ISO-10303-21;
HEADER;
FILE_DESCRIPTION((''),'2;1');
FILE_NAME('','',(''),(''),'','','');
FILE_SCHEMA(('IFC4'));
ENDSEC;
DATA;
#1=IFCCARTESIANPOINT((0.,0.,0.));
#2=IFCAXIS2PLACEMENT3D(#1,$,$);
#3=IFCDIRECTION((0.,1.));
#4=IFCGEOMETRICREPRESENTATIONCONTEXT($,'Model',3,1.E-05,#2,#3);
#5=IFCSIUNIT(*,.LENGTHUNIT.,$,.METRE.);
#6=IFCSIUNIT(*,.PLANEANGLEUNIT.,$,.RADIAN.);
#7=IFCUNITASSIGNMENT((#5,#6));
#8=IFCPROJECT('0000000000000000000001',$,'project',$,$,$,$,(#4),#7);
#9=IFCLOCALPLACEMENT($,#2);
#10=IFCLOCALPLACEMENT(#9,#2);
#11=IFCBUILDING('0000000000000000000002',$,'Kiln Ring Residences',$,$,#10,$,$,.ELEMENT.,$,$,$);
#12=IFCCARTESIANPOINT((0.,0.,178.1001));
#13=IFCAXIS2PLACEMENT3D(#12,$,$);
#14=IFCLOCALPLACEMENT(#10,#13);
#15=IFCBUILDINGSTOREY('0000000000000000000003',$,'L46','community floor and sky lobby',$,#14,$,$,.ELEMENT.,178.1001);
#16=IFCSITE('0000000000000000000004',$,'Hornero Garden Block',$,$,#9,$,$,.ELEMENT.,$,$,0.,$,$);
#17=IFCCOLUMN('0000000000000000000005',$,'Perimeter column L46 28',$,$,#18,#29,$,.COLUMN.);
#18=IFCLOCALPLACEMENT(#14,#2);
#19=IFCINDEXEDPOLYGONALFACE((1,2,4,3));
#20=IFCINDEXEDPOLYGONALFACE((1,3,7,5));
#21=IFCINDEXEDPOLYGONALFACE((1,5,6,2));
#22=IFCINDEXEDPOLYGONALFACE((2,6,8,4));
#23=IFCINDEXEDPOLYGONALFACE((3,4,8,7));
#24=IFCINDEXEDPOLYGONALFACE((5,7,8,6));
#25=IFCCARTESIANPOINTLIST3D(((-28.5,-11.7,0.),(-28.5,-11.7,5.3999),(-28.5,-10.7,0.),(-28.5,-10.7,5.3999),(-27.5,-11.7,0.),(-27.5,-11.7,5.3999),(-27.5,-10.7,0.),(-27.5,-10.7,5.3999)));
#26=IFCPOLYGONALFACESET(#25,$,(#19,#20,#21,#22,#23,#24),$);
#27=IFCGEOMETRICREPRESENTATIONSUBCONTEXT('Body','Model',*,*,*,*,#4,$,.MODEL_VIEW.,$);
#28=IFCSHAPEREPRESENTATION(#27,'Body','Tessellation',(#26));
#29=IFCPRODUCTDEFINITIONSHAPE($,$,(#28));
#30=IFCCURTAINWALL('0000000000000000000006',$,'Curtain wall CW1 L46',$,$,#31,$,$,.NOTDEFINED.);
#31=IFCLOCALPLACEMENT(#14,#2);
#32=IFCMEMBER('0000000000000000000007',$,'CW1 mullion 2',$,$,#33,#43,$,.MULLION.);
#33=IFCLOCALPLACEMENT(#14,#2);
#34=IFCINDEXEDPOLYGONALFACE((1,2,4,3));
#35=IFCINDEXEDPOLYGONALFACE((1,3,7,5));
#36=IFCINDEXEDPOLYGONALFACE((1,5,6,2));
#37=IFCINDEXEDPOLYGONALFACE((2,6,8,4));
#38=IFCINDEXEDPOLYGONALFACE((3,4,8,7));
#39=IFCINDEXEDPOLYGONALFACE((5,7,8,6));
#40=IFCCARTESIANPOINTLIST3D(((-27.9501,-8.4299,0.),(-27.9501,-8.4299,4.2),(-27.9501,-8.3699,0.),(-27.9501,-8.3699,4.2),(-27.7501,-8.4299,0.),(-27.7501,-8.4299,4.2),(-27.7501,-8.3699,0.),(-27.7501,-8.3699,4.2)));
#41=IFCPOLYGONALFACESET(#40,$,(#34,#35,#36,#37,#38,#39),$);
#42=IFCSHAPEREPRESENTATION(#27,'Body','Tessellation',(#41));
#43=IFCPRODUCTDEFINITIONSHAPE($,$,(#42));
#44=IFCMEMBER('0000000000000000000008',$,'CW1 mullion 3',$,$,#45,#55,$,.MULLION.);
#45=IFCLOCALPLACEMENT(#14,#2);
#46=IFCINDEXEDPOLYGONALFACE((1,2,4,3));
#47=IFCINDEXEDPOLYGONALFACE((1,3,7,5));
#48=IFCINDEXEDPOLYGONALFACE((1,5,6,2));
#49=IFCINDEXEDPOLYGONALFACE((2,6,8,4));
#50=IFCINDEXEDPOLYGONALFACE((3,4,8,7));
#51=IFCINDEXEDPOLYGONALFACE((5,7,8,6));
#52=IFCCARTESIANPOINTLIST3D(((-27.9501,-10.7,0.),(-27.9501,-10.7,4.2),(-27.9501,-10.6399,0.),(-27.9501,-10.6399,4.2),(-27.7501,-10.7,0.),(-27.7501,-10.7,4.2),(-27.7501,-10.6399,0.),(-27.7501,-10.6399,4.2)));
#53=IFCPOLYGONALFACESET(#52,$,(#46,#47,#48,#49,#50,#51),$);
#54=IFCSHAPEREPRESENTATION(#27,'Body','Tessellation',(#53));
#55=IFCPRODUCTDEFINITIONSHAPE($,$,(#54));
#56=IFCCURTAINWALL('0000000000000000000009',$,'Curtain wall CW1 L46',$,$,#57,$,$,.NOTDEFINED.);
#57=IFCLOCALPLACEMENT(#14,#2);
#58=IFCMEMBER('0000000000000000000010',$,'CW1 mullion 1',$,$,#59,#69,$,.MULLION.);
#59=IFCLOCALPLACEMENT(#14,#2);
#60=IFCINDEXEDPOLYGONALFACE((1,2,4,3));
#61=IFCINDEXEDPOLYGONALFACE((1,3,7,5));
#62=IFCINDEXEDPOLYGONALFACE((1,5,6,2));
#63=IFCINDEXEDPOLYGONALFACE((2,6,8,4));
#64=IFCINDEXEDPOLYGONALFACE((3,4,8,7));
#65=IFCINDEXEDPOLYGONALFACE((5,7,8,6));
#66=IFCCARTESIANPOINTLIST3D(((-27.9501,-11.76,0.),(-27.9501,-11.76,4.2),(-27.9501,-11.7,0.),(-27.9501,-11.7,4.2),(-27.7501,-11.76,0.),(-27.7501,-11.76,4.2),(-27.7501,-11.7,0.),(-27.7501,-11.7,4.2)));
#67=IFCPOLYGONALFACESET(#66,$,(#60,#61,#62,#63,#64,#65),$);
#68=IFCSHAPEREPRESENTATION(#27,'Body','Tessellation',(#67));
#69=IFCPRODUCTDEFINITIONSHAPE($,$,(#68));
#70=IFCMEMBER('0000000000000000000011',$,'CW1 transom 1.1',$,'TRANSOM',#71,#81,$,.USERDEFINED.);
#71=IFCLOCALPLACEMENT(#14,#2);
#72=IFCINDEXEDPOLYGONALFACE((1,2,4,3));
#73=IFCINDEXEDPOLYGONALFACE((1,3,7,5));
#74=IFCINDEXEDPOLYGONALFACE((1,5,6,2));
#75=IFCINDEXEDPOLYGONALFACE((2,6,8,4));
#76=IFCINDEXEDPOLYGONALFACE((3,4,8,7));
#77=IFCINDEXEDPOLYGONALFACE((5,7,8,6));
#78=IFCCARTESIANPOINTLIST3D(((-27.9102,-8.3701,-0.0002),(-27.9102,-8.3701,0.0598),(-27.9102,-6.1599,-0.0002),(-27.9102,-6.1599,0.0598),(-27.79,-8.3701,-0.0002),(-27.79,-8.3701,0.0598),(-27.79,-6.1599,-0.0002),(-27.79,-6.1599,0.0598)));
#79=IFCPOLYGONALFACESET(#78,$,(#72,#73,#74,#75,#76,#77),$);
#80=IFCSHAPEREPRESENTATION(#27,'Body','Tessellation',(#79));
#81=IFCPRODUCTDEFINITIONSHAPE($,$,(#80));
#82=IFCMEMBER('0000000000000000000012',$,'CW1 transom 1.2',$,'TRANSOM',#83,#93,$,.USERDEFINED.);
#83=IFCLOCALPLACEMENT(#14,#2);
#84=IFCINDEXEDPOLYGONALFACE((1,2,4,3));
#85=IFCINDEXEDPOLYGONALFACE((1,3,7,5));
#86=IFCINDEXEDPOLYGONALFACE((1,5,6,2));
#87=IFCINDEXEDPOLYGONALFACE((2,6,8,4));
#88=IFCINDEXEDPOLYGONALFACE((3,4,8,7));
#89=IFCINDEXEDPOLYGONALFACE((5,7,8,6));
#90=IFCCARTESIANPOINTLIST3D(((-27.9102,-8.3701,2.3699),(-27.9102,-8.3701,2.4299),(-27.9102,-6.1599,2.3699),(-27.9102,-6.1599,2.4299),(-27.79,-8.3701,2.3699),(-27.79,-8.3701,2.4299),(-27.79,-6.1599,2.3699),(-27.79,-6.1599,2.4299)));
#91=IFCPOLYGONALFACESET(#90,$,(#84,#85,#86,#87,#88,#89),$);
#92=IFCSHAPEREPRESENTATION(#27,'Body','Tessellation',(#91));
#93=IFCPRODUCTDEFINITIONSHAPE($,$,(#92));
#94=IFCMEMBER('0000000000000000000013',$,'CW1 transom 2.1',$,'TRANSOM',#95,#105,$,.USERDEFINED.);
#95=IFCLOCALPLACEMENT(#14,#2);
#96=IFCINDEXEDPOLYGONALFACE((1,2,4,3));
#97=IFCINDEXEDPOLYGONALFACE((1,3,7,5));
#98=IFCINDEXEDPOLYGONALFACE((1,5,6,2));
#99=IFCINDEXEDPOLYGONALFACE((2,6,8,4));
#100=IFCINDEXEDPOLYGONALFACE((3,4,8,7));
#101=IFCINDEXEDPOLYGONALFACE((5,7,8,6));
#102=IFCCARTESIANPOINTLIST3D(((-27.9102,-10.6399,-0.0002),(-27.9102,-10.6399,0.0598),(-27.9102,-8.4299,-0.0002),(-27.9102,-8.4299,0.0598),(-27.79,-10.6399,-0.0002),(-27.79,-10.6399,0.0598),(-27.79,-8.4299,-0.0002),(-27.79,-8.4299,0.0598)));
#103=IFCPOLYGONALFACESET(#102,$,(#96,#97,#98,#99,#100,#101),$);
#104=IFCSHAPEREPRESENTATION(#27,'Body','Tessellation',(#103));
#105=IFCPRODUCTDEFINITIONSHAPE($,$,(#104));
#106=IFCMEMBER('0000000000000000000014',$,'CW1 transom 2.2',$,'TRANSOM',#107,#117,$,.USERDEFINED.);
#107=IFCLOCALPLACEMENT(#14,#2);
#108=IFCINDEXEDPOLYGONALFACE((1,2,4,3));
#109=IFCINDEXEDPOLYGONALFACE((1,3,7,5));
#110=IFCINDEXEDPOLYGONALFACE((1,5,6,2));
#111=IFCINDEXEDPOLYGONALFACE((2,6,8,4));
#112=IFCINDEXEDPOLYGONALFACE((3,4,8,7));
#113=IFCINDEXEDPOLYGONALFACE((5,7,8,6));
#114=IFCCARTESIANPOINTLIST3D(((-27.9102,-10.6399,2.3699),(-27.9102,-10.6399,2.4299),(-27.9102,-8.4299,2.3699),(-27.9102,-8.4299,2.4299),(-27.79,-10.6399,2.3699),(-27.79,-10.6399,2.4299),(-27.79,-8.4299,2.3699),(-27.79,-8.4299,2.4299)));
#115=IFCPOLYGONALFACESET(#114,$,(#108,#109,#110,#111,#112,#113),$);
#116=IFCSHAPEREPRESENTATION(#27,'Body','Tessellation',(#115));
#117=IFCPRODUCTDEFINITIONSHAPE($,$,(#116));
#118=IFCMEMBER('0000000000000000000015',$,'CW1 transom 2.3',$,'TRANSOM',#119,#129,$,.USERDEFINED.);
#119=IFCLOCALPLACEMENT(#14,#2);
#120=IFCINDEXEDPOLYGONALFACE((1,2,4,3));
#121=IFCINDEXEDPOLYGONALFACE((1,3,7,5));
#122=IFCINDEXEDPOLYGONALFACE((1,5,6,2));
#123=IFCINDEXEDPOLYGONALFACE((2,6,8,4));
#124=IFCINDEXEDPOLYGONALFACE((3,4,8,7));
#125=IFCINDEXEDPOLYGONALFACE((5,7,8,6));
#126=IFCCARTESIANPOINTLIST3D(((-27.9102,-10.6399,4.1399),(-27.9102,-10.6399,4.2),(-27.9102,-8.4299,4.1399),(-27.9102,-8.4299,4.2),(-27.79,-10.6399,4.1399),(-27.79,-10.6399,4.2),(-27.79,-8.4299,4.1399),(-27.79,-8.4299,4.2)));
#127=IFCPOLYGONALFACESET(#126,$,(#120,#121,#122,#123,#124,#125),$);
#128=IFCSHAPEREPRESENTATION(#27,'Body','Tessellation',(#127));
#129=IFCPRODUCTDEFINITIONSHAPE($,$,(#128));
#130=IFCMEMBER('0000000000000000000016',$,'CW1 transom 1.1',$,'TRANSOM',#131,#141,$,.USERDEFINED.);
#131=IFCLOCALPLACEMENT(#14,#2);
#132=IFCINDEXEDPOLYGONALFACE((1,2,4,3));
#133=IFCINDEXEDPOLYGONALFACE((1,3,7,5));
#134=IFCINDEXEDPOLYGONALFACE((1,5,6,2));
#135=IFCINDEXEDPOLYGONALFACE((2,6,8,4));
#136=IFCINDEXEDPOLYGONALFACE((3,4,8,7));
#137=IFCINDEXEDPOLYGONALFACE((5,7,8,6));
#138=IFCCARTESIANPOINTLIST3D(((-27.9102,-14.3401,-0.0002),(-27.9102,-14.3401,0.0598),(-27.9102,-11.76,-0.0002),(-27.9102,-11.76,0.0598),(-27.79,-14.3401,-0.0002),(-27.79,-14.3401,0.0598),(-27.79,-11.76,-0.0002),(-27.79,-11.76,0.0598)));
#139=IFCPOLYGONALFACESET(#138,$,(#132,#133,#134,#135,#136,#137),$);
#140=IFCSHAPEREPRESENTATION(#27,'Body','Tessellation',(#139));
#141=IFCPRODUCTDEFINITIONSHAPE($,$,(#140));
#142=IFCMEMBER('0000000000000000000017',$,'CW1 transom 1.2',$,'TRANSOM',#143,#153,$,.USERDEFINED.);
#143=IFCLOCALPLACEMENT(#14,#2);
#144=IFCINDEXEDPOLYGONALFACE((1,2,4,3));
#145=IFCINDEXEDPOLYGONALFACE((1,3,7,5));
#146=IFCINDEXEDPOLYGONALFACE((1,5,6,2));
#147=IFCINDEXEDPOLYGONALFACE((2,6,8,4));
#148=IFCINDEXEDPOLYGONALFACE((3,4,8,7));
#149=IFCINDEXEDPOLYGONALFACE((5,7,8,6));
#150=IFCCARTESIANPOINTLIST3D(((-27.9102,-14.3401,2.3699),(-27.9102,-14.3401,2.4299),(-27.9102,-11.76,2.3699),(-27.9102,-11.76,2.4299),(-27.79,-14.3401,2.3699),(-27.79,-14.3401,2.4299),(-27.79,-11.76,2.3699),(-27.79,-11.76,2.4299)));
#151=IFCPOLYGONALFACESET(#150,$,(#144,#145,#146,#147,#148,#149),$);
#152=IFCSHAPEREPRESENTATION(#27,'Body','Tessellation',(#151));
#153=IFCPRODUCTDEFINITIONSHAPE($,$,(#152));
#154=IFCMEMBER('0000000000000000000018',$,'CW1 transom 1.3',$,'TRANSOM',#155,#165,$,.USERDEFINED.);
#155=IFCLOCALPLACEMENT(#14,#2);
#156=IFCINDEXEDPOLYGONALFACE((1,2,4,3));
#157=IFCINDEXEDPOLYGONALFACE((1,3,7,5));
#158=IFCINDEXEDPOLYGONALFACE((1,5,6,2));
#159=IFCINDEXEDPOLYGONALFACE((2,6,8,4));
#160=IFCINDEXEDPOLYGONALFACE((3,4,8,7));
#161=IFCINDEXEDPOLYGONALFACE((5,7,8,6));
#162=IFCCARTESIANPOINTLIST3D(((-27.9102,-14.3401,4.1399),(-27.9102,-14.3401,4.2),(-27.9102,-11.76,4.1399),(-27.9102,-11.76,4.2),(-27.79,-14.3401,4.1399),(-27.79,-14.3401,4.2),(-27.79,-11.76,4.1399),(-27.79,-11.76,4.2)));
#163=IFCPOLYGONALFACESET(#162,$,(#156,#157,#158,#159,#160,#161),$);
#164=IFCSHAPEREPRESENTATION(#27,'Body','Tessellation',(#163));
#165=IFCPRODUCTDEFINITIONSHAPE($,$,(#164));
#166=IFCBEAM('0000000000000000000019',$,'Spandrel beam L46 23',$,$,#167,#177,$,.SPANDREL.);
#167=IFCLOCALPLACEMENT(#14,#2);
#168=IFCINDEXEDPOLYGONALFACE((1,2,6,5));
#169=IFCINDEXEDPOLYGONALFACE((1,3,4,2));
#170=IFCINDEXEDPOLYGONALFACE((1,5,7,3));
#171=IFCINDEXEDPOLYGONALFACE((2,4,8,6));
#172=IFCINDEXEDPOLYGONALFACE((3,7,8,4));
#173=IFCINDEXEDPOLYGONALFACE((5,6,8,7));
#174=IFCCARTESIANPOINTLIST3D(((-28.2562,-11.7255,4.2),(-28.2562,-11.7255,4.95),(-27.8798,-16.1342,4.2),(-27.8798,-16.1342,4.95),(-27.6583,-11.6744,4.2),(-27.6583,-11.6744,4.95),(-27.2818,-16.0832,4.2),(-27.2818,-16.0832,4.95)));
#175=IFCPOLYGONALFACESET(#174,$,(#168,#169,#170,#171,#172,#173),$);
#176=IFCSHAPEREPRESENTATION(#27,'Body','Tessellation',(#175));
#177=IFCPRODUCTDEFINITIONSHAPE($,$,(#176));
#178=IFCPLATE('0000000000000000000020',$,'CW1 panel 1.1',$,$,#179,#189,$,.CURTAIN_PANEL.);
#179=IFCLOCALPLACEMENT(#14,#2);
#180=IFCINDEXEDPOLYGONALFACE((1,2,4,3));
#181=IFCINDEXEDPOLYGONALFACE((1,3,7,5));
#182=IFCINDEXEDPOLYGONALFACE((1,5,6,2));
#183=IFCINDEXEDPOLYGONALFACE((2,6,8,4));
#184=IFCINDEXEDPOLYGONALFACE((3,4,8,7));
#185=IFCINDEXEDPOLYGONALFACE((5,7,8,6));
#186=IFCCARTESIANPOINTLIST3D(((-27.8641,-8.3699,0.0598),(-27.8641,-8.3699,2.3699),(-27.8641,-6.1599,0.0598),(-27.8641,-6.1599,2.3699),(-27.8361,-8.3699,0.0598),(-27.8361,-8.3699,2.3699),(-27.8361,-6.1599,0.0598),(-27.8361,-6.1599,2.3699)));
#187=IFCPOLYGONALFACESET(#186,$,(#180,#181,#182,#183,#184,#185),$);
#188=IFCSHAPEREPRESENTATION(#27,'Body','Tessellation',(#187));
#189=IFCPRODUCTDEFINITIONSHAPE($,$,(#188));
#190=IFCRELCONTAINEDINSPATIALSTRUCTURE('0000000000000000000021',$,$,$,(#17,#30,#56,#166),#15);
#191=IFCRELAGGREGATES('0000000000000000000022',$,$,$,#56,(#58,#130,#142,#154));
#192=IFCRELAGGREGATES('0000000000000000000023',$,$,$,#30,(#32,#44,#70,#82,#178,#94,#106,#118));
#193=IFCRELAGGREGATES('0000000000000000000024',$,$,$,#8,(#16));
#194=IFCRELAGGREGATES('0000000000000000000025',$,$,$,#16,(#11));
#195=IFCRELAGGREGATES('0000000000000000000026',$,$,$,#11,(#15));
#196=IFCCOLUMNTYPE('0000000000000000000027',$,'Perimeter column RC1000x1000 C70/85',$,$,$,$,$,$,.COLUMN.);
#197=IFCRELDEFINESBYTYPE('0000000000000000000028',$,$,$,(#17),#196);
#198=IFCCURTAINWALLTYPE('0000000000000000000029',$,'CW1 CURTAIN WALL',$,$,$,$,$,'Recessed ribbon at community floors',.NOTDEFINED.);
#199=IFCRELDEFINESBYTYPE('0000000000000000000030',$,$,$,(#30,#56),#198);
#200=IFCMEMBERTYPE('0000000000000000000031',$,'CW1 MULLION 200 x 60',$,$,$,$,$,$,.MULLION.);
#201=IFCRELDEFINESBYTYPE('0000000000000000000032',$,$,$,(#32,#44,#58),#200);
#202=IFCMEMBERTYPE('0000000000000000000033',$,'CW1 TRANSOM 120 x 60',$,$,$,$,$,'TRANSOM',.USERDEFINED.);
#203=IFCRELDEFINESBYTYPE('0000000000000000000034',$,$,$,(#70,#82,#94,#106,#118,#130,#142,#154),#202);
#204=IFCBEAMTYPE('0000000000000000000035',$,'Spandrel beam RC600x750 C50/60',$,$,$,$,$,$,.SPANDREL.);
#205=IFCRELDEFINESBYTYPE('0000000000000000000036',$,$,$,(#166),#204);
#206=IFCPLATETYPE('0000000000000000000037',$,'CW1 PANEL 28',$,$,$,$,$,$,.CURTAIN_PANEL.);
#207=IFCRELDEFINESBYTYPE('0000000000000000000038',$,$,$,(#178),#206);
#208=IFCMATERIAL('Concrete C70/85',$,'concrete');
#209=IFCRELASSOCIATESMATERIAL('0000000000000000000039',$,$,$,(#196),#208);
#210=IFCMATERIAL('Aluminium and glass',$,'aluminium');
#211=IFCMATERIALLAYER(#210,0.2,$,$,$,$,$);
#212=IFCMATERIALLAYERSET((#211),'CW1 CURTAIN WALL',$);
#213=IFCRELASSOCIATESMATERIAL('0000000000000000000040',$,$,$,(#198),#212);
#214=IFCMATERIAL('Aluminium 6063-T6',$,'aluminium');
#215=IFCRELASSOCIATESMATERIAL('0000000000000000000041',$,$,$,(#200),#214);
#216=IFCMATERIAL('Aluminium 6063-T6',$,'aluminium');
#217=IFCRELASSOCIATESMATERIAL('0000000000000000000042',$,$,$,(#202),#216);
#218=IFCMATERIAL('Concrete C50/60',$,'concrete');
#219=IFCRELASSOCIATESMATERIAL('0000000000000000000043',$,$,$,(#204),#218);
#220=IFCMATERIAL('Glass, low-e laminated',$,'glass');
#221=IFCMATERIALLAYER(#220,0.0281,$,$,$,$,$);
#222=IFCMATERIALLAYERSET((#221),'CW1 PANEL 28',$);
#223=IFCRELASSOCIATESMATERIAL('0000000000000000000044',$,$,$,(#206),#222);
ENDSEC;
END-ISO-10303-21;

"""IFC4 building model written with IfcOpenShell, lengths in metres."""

from ifc_helpers import new_model, si_unit, direction, frame, origin, origin_2d, place, context, subcontext, project, spatial, rectangle, extrude, material, layer, layer_set, material_profile, profile_set, type_object, element, aggregate, save


model = new_model("IFC4")

# Units and contexts
model_context = context("Model", 3, precision=1e-05, world=origin(), true_north=direction((0.0, 1.0)))
body_context = subcontext(model_context, "Body", "Model", "MODEL_VIEW")
ifc_project = project(units=[si_unit("LENGTHUNIT", "METRE"), si_unit("PLANEANGLEUNIT", "RADIAN")], contexts=[model_context])

# Site, building, storey
site_placement = place(None, origin())
site = spatial("IfcSite", under=ifc_project, at=site_placement, Name="Hornero Garden Block", CompositionType="ELEMENT", RefElevation=0.0)
building_placement = place(site_placement, origin())
building = spatial("IfcBuilding", under=site, at=building_placement, Name="Kiln Ring Residences", CompositionType="ELEMENT")
storey_placement = place(building_placement, frame((0.0, 0.0, 178.1001)))
storey = spatial("IfcBuildingStorey", under=building, at=storey_placement, Name="L46", Description="community floor and sky lobby", CompositionType="ELEMENT", Elevation=178.1001)

# Column
ifc_material_1 = material(Name="Concrete C70/85", Category="concrete")
ifc_material_profile_1 = material_profile(ifc_material_1, rectangle(XDim=1.0, YDim=1.0, at=origin_2d()), Name="RC1000x1000")
ifc_profile_set_1 = profile_set([ifc_material_profile_1], Name="Concrete C70/85")
column_type = type_object("IfcColumnType", Name="Perimeter column RC1000x1000 C70/85", PredefinedType="COLUMN", material=ifc_profile_set_1)
column_placement = place(storey_placement, frame((-28.0, -11.2, 0.0), z_axis=(0.0, 0.0, 1.0), x_axis=(1.0, 0.0, 0.0)))
element("IfcColumn", 1, at=column_placement, inside=storey, type_object=column_type, Name="Perimeter column L46 28", PredefinedType="COLUMN", context=body_context, shape_type="SweptSolid", body=[
    extrude(rectangle(XDim=1.0, YDim=1.0, at=origin_2d()), origin(), (0.0, 0.0, 1.0), 5.3999),
])

# Curtain wall, members
ifc_material_2 = material(Name="Aluminium and glass", Category="aluminium")
ifc_layer_1 = layer(ifc_material_2, 0.2)
ifc_layer_set_1 = layer_set([ifc_layer_1], Name="CW1 CURTAIN WALL")
curtain_wall_type = type_object("IfcCurtainWallType", Name="CW1 CURTAIN WALL", ElementType="Recessed ribbon at community floors", PredefinedType="NOTDEFINED", material=ifc_layer_set_1)
placement = place(storey_placement, origin())
curtain_wall_1 = element("IfcCurtainWall", 2, at=placement, inside=storey, type_object=curtain_wall_type, Name="Curtain wall CW1 L46", PredefinedType="NOTDEFINED")
ifc_material_3 = material(Name="Aluminium 6063-T6", Category="aluminium")
ifc_material_profile_2 = material_profile(ifc_material_3, rectangle(XDim=0.2, YDim=0.0601, at=origin_2d()), Name="AL 200x60")
ifc_profile_set_2 = profile_set([ifc_material_profile_2], Name="Aluminium 6063-T6")
member_type_1 = type_object("IfcMemberType", Name="CW1 MULLION 200 x 60", PredefinedType="MULLION", material=ifc_profile_set_2)
member_1_placement = place(storey_placement, frame((-27.8501, -8.3999, 0.0), z_axis=(0.0, 0.0, 1.0), x_axis=(1.0, 0.0, 0.0)))
member_1 = element("IfcMember", 3, at=member_1_placement, type_object=member_type_1, Name="CW1 mullion 2", PredefinedType="MULLION", context=body_context, shape_type="SweptSolid", body=[
    extrude(rectangle(XDim=0.2, YDim=0.0601, at=origin_2d()), origin(), (0.0, 0.0, 1.0), 4.2),
])
member_2_placement = place(storey_placement, frame((-27.8501, -10.6699, 0.0), z_axis=(0.0, 0.0, 1.0), x_axis=(1.0, 0.0, 0.0)))
member_2 = element("IfcMember", 4, at=member_2_placement, type_object=member_type_1, Name="CW1 mullion 3", PredefinedType="MULLION", context=body_context, shape_type="SweptSolid", body=[
    extrude(rectangle(XDim=0.2, YDim=0.0601, at=origin_2d()), origin(), (0.0, 0.0, 1.0), 4.2),
])

# Curtain wall, member
curtain_wall_2 = element("IfcCurtainWall", 5, at=placement, inside=storey, type_object=curtain_wall_type, Name="Curtain wall CW1 L46", PredefinedType="NOTDEFINED")
member_3_placement = place(storey_placement, frame((-27.8501, -11.73, 0.0), z_axis=(0.0, 0.0, 1.0), x_axis=(1.0, 0.0, 0.0)))
member_3 = element("IfcMember", 6, at=member_3_placement, type_object=member_type_1, Name="CW1 mullion 1", PredefinedType="MULLION", context=body_context, shape_type="SweptSolid", body=[
    extrude(rectangle(XDim=0.2, YDim=0.0601, at=origin_2d()), origin(), (0.0, 0.0, 1.0), 4.2),
])

# Members
ifc_material_4 = material(Name="Aluminium 6063-T6", Category="aluminium")
ifc_material_profile_3 = material_profile(ifc_material_4, rectangle(XDim=0.1201, YDim=0.0601, at=origin_2d()), Name="AL 120x60")
ifc_profile_set_3 = profile_set([ifc_material_profile_3], Name="Aluminium 6063-T6")
member_type_2 = type_object("IfcMemberType", Name="CW1 TRANSOM 120 x 60", ElementType="TRANSOM", PredefinedType="USERDEFINED", material=ifc_profile_set_3)
member_4_placement = place(storey_placement, frame((-27.8501, -6.1599, 0.0298), z_axis=(0.0, -1.0, 0.0), x_axis=(1.0, 0.0, 0.0)))
member_4 = element("IfcMember", 7, at=member_4_placement, type_object=member_type_2, Name="CW1 transom 1.1", ObjectType="TRANSOM", PredefinedType="USERDEFINED", context=body_context, shape_type="SweptSolid", body=[
    extrude(rectangle(XDim=0.1201, YDim=0.0601, at=origin_2d()), origin(), (0.0, 0.0, 1.0), 2.2102),
])
member_5_placement = place(storey_placement, frame((-27.8501, -6.1599, 2.3999), z_axis=(0.0, -1.0, 0.0), x_axis=(1.0, 0.0, 0.0)))
member_5 = element("IfcMember", 8, at=member_5_placement, type_object=member_type_2, Name="CW1 transom 1.2", ObjectType="TRANSOM", PredefinedType="USERDEFINED", context=body_context, shape_type="SweptSolid", body=[
    extrude(rectangle(XDim=0.1201, YDim=0.0601, at=origin_2d()), origin(), (0.0, 0.0, 1.0), 2.2102),
])
member_6_placement = place(storey_placement, frame((-27.8501, -8.4299, 0.0298), z_axis=(0.0, -1.0, 0.0), x_axis=(1.0, 0.0, 0.0)))
member_6 = element("IfcMember", 9, at=member_6_placement, type_object=member_type_2, Name="CW1 transom 2.1", ObjectType="TRANSOM", PredefinedType="USERDEFINED", context=body_context, shape_type="SweptSolid", body=[
    extrude(rectangle(XDim=0.1201, YDim=0.0601, at=origin_2d()), origin(), (0.0, 0.0, 1.0), 2.21),
])
member_7_placement = place(storey_placement, frame((-27.8501, -8.4299, 2.3999), z_axis=(0.0, -1.0, 0.0), x_axis=(1.0, 0.0, 0.0)))
member_7 = element("IfcMember", 10, at=member_7_placement, type_object=member_type_2, Name="CW1 transom 2.2", ObjectType="TRANSOM", PredefinedType="USERDEFINED", context=body_context, shape_type="SweptSolid", body=[
    extrude(rectangle(XDim=0.1201, YDim=0.0601, at=origin_2d()), origin(), (0.0, 0.0, 1.0), 2.21),
])
member_8_placement = place(storey_placement, frame((-27.8501, -8.4299, 4.1699), z_axis=(0.0, -1.0, 0.0), x_axis=(1.0, 0.0, 0.0)))
member_8 = element("IfcMember", 11, at=member_8_placement, type_object=member_type_2, Name="CW1 transom 2.3", ObjectType="TRANSOM", PredefinedType="USERDEFINED", context=body_context, shape_type="SweptSolid", body=[
    extrude(rectangle(XDim=0.1201, YDim=0.0601, at=origin_2d()), origin(), (0.0, 0.0, 1.0), 2.21),
])
member_9_placement = place(storey_placement, frame((-27.8501, -11.76, 0.0298), z_axis=(0.0, -1.0, 0.0), x_axis=(1.0, 0.0, 0.0)))
member_9 = element("IfcMember", 12, at=member_9_placement, type_object=member_type_2, Name="CW1 transom 1.1", ObjectType="TRANSOM", PredefinedType="USERDEFINED", context=body_context, shape_type="SweptSolid", body=[
    extrude(rectangle(XDim=0.1201, YDim=0.0601, at=origin_2d()), origin(), (0.0, 0.0, 1.0), 2.5801),
])
member_10_placement = place(storey_placement, frame((-27.8501, -11.76, 2.3999), z_axis=(0.0, -1.0, 0.0), x_axis=(1.0, 0.0, 0.0)))
member_10 = element("IfcMember", 13, at=member_10_placement, type_object=member_type_2, Name="CW1 transom 1.2", ObjectType="TRANSOM", PredefinedType="USERDEFINED", context=body_context, shape_type="SweptSolid", body=[
    extrude(rectangle(XDim=0.1201, YDim=0.0601, at=origin_2d()), origin(), (0.0, 0.0, 1.0), 2.5801),
])
member_11_placement = place(storey_placement, frame((-27.8501, -11.76, 4.1699), z_axis=(0.0, -1.0, 0.0), x_axis=(1.0, 0.0, 0.0)))
member_11 = element("IfcMember", 14, at=member_11_placement, type_object=member_type_2, Name="CW1 transom 1.3", ObjectType="TRANSOM", PredefinedType="USERDEFINED", context=body_context, shape_type="SweptSolid", body=[
    extrude(rectangle(XDim=0.1201, YDim=0.0601, at=origin_2d()), origin(), (0.0, 0.0, 1.0), 2.5801),
])
aggregate(curtain_wall_2, [member_3, member_9, member_10, member_11])

# Beam
ifc_material_5 = material(Name="Concrete C50/60", Category="concrete")
ifc_material_profile_4 = material_profile(ifc_material_5, rectangle(XDim=0.6001, YDim=0.75, at=origin_2d()), Name="RC600x750")
ifc_profile_set_4 = profile_set([ifc_material_profile_4], Name="Concrete C50/60")
beam_type = type_object("IfcBeamType", Name="Spandrel beam RC600x750 C50/60", PredefinedType="SPANDREL", material=ifc_profile_set_4)
beam_placement = place(storey_placement, frame((-27.9573, -11.7, 4.575), z_axis=(0.085082, -0.996374, 0.0), x_axis=(0.996374, 0.085082, 0.0)))
element("IfcBeam", 15, at=beam_placement, inside=storey, type_object=beam_type, Name="Spandrel beam L46 23", PredefinedType="SPANDREL", context=body_context, shape_type="SweptSolid", body=[
    extrude(rectangle(XDim=0.6001, YDim=0.75, at=origin_2d()), origin(), (0.0, 0.0, 1.0), 4.4248),
])

# Plate
ifc_material_6 = material(Name="Glass, low-e laminated", Category="glass")
ifc_layer_2 = layer(ifc_material_6, 0.0281)
ifc_layer_set_2 = layer_set([ifc_layer_2], Name="CW1 PANEL 28")
plate_type = type_object("IfcPlateType", Name="CW1 PANEL 28", PredefinedType="CURTAIN_PANEL", material=ifc_layer_set_2)
plate_1_placement = place(storey_placement, frame((-27.8501, -7.2649, 0.0598), z_axis=(0.0, 0.0, 1.0), x_axis=(0.0, -1.0, 0.0)))
plate_1 = element("IfcPlate", 16, at=plate_1_placement, type_object=plate_type, Name="CW1 panel 1.1", PredefinedType="CURTAIN_PANEL", context=body_context, shape_type="SweptSolid", body=[
    extrude(rectangle(XDim=2.21, YDim=0.0281, at=origin_2d()), origin(), (0.0, 0.0, 1.0), 2.3101),
])
aggregate(curtain_wall_1, [member_1, member_2, member_4, member_5, plate_1, member_6, member_7, member_8])

save(model, "model.ifc")
